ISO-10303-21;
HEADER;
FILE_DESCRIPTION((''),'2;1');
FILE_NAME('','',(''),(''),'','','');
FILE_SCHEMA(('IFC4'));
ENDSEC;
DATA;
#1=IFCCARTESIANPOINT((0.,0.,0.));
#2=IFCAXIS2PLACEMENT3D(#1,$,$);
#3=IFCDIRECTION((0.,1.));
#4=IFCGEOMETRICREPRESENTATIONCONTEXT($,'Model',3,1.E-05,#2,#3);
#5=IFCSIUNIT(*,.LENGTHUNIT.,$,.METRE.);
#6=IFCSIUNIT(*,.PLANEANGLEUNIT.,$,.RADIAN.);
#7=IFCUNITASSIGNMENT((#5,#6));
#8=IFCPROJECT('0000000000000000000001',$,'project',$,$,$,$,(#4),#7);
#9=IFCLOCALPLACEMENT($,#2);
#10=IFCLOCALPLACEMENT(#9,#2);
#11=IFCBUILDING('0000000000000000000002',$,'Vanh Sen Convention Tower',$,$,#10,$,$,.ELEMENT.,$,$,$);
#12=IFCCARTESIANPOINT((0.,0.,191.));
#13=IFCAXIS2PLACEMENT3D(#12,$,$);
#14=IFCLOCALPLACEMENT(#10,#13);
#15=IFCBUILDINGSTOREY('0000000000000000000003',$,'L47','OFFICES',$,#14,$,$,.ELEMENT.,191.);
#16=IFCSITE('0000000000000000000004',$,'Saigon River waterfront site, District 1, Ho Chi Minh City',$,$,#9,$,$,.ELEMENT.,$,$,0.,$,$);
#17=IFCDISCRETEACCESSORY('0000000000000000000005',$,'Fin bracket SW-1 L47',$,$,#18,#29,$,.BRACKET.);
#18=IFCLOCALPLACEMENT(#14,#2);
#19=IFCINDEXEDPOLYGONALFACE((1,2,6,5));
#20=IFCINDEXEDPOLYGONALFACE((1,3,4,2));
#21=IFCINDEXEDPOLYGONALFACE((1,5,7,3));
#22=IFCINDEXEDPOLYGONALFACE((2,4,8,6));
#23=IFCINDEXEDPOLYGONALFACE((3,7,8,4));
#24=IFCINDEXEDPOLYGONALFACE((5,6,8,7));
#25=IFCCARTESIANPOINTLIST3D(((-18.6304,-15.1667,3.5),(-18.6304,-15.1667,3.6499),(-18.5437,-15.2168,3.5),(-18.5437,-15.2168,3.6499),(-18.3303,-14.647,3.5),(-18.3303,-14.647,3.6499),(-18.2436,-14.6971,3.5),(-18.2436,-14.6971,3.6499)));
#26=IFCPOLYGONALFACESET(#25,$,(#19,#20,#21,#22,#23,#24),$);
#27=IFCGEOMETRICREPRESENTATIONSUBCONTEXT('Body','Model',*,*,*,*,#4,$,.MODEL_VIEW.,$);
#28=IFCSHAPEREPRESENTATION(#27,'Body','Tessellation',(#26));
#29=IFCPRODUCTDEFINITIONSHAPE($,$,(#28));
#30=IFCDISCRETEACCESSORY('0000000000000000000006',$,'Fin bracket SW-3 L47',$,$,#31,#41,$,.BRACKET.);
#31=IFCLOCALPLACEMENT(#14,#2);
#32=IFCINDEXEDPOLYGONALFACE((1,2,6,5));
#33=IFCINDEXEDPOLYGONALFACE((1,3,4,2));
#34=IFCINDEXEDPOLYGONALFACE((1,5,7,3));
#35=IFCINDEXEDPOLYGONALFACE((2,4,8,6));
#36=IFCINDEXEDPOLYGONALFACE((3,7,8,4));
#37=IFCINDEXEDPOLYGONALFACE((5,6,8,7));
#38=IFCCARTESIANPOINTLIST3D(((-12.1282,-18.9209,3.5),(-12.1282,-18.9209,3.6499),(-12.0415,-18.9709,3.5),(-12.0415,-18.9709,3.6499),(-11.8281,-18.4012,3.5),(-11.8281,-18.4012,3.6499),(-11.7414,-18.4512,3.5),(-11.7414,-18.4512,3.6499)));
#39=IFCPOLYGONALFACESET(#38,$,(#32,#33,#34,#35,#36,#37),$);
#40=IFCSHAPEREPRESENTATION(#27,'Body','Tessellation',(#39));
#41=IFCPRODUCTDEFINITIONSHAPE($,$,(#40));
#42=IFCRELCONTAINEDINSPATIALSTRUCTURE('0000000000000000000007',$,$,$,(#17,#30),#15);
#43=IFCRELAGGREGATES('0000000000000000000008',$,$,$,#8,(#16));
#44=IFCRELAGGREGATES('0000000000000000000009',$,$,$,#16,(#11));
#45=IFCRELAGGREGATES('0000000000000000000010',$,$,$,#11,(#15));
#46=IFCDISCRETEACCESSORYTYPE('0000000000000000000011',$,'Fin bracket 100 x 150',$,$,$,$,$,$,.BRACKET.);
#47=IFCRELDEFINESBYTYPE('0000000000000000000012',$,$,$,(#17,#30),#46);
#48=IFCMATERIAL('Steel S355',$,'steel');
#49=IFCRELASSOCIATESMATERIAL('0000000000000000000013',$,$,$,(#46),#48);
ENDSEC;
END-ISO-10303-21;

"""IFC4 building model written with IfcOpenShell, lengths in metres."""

from ifc_helpers import new_model, si_unit, direction, frame, origin, origin_2d, place, context, subcontext, project, spatial, rectangle, extrude, material, type_object, element, save


model = new_model("IFC4")

# Units and contexts
model_context = context("Model", 3, precision=1e-05, world=origin(), true_north=direction((0.0, 1.0)))
body_context = subcontext(model_context, "Body", "Model", "MODEL_VIEW")
ifc_project = project(units=[si_unit("LENGTHUNIT", "METRE"), si_unit("PLANEANGLEUNIT", "RADIAN")], contexts=[model_context])

# Site, building, storey
site_placement = place(None, origin())
site = spatial("IfcSite", under=ifc_project, at=site_placement, Name="Saigon River waterfront site, District 1, Ho Chi Minh City", CompositionType="ELEMENT", RefElevation=0.0)
building_placement = place(site_placement, origin())
building = spatial("IfcBuilding", under=site, at=building_placement, Name="Vanh Sen Convention Tower", CompositionType="ELEMENT")
storey_placement = place(building_placement, frame((0.0, 0.0, 191.0)))
storey = spatial("IfcBuildingStorey", under=building, at=storey_placement, Name="L47", Description="OFFICES", CompositionType="ELEMENT", Elevation=191.0)

# Discrete accessories
ifc_material_1 = material(Name="Steel S355", Category="steel")
discrete_accessory_type = type_object("IfcDiscreteAccessoryType", Name="Fin bracket 100 x 150", PredefinedType="BRACKET", material=ifc_material_1)
for number, where, z_axis, x_axis, name in (
    (1, (-18.437, -14.9319, 3.5), (0.0, 0.0, 1.0), (-0.5, -0.866025, 0.0), "Fin bracket SW-1 L47"),
    (2, (-11.9348, -18.686, 3.5), (0.0, 0.0, 1.0), (-0.5, -0.866025, 0.0), "Fin bracket SW-3 L47"),
):
    element("IfcDiscreteAccessory", number, at=place(storey_placement, frame(where, z_axis=z_axis, x_axis=x_axis)), inside=storey, type_object=discrete_accessory_type, Name=name, PredefinedType="BRACKET", context=body_context, shape_type="SweptSolid", body=[
        extrude(rectangle(XDim=0.6001, YDim=0.1001, at=origin_2d()), origin(), (0.0, 0.0, 1.0), 0.1499),
    ])

save(model, "model.ifc")
